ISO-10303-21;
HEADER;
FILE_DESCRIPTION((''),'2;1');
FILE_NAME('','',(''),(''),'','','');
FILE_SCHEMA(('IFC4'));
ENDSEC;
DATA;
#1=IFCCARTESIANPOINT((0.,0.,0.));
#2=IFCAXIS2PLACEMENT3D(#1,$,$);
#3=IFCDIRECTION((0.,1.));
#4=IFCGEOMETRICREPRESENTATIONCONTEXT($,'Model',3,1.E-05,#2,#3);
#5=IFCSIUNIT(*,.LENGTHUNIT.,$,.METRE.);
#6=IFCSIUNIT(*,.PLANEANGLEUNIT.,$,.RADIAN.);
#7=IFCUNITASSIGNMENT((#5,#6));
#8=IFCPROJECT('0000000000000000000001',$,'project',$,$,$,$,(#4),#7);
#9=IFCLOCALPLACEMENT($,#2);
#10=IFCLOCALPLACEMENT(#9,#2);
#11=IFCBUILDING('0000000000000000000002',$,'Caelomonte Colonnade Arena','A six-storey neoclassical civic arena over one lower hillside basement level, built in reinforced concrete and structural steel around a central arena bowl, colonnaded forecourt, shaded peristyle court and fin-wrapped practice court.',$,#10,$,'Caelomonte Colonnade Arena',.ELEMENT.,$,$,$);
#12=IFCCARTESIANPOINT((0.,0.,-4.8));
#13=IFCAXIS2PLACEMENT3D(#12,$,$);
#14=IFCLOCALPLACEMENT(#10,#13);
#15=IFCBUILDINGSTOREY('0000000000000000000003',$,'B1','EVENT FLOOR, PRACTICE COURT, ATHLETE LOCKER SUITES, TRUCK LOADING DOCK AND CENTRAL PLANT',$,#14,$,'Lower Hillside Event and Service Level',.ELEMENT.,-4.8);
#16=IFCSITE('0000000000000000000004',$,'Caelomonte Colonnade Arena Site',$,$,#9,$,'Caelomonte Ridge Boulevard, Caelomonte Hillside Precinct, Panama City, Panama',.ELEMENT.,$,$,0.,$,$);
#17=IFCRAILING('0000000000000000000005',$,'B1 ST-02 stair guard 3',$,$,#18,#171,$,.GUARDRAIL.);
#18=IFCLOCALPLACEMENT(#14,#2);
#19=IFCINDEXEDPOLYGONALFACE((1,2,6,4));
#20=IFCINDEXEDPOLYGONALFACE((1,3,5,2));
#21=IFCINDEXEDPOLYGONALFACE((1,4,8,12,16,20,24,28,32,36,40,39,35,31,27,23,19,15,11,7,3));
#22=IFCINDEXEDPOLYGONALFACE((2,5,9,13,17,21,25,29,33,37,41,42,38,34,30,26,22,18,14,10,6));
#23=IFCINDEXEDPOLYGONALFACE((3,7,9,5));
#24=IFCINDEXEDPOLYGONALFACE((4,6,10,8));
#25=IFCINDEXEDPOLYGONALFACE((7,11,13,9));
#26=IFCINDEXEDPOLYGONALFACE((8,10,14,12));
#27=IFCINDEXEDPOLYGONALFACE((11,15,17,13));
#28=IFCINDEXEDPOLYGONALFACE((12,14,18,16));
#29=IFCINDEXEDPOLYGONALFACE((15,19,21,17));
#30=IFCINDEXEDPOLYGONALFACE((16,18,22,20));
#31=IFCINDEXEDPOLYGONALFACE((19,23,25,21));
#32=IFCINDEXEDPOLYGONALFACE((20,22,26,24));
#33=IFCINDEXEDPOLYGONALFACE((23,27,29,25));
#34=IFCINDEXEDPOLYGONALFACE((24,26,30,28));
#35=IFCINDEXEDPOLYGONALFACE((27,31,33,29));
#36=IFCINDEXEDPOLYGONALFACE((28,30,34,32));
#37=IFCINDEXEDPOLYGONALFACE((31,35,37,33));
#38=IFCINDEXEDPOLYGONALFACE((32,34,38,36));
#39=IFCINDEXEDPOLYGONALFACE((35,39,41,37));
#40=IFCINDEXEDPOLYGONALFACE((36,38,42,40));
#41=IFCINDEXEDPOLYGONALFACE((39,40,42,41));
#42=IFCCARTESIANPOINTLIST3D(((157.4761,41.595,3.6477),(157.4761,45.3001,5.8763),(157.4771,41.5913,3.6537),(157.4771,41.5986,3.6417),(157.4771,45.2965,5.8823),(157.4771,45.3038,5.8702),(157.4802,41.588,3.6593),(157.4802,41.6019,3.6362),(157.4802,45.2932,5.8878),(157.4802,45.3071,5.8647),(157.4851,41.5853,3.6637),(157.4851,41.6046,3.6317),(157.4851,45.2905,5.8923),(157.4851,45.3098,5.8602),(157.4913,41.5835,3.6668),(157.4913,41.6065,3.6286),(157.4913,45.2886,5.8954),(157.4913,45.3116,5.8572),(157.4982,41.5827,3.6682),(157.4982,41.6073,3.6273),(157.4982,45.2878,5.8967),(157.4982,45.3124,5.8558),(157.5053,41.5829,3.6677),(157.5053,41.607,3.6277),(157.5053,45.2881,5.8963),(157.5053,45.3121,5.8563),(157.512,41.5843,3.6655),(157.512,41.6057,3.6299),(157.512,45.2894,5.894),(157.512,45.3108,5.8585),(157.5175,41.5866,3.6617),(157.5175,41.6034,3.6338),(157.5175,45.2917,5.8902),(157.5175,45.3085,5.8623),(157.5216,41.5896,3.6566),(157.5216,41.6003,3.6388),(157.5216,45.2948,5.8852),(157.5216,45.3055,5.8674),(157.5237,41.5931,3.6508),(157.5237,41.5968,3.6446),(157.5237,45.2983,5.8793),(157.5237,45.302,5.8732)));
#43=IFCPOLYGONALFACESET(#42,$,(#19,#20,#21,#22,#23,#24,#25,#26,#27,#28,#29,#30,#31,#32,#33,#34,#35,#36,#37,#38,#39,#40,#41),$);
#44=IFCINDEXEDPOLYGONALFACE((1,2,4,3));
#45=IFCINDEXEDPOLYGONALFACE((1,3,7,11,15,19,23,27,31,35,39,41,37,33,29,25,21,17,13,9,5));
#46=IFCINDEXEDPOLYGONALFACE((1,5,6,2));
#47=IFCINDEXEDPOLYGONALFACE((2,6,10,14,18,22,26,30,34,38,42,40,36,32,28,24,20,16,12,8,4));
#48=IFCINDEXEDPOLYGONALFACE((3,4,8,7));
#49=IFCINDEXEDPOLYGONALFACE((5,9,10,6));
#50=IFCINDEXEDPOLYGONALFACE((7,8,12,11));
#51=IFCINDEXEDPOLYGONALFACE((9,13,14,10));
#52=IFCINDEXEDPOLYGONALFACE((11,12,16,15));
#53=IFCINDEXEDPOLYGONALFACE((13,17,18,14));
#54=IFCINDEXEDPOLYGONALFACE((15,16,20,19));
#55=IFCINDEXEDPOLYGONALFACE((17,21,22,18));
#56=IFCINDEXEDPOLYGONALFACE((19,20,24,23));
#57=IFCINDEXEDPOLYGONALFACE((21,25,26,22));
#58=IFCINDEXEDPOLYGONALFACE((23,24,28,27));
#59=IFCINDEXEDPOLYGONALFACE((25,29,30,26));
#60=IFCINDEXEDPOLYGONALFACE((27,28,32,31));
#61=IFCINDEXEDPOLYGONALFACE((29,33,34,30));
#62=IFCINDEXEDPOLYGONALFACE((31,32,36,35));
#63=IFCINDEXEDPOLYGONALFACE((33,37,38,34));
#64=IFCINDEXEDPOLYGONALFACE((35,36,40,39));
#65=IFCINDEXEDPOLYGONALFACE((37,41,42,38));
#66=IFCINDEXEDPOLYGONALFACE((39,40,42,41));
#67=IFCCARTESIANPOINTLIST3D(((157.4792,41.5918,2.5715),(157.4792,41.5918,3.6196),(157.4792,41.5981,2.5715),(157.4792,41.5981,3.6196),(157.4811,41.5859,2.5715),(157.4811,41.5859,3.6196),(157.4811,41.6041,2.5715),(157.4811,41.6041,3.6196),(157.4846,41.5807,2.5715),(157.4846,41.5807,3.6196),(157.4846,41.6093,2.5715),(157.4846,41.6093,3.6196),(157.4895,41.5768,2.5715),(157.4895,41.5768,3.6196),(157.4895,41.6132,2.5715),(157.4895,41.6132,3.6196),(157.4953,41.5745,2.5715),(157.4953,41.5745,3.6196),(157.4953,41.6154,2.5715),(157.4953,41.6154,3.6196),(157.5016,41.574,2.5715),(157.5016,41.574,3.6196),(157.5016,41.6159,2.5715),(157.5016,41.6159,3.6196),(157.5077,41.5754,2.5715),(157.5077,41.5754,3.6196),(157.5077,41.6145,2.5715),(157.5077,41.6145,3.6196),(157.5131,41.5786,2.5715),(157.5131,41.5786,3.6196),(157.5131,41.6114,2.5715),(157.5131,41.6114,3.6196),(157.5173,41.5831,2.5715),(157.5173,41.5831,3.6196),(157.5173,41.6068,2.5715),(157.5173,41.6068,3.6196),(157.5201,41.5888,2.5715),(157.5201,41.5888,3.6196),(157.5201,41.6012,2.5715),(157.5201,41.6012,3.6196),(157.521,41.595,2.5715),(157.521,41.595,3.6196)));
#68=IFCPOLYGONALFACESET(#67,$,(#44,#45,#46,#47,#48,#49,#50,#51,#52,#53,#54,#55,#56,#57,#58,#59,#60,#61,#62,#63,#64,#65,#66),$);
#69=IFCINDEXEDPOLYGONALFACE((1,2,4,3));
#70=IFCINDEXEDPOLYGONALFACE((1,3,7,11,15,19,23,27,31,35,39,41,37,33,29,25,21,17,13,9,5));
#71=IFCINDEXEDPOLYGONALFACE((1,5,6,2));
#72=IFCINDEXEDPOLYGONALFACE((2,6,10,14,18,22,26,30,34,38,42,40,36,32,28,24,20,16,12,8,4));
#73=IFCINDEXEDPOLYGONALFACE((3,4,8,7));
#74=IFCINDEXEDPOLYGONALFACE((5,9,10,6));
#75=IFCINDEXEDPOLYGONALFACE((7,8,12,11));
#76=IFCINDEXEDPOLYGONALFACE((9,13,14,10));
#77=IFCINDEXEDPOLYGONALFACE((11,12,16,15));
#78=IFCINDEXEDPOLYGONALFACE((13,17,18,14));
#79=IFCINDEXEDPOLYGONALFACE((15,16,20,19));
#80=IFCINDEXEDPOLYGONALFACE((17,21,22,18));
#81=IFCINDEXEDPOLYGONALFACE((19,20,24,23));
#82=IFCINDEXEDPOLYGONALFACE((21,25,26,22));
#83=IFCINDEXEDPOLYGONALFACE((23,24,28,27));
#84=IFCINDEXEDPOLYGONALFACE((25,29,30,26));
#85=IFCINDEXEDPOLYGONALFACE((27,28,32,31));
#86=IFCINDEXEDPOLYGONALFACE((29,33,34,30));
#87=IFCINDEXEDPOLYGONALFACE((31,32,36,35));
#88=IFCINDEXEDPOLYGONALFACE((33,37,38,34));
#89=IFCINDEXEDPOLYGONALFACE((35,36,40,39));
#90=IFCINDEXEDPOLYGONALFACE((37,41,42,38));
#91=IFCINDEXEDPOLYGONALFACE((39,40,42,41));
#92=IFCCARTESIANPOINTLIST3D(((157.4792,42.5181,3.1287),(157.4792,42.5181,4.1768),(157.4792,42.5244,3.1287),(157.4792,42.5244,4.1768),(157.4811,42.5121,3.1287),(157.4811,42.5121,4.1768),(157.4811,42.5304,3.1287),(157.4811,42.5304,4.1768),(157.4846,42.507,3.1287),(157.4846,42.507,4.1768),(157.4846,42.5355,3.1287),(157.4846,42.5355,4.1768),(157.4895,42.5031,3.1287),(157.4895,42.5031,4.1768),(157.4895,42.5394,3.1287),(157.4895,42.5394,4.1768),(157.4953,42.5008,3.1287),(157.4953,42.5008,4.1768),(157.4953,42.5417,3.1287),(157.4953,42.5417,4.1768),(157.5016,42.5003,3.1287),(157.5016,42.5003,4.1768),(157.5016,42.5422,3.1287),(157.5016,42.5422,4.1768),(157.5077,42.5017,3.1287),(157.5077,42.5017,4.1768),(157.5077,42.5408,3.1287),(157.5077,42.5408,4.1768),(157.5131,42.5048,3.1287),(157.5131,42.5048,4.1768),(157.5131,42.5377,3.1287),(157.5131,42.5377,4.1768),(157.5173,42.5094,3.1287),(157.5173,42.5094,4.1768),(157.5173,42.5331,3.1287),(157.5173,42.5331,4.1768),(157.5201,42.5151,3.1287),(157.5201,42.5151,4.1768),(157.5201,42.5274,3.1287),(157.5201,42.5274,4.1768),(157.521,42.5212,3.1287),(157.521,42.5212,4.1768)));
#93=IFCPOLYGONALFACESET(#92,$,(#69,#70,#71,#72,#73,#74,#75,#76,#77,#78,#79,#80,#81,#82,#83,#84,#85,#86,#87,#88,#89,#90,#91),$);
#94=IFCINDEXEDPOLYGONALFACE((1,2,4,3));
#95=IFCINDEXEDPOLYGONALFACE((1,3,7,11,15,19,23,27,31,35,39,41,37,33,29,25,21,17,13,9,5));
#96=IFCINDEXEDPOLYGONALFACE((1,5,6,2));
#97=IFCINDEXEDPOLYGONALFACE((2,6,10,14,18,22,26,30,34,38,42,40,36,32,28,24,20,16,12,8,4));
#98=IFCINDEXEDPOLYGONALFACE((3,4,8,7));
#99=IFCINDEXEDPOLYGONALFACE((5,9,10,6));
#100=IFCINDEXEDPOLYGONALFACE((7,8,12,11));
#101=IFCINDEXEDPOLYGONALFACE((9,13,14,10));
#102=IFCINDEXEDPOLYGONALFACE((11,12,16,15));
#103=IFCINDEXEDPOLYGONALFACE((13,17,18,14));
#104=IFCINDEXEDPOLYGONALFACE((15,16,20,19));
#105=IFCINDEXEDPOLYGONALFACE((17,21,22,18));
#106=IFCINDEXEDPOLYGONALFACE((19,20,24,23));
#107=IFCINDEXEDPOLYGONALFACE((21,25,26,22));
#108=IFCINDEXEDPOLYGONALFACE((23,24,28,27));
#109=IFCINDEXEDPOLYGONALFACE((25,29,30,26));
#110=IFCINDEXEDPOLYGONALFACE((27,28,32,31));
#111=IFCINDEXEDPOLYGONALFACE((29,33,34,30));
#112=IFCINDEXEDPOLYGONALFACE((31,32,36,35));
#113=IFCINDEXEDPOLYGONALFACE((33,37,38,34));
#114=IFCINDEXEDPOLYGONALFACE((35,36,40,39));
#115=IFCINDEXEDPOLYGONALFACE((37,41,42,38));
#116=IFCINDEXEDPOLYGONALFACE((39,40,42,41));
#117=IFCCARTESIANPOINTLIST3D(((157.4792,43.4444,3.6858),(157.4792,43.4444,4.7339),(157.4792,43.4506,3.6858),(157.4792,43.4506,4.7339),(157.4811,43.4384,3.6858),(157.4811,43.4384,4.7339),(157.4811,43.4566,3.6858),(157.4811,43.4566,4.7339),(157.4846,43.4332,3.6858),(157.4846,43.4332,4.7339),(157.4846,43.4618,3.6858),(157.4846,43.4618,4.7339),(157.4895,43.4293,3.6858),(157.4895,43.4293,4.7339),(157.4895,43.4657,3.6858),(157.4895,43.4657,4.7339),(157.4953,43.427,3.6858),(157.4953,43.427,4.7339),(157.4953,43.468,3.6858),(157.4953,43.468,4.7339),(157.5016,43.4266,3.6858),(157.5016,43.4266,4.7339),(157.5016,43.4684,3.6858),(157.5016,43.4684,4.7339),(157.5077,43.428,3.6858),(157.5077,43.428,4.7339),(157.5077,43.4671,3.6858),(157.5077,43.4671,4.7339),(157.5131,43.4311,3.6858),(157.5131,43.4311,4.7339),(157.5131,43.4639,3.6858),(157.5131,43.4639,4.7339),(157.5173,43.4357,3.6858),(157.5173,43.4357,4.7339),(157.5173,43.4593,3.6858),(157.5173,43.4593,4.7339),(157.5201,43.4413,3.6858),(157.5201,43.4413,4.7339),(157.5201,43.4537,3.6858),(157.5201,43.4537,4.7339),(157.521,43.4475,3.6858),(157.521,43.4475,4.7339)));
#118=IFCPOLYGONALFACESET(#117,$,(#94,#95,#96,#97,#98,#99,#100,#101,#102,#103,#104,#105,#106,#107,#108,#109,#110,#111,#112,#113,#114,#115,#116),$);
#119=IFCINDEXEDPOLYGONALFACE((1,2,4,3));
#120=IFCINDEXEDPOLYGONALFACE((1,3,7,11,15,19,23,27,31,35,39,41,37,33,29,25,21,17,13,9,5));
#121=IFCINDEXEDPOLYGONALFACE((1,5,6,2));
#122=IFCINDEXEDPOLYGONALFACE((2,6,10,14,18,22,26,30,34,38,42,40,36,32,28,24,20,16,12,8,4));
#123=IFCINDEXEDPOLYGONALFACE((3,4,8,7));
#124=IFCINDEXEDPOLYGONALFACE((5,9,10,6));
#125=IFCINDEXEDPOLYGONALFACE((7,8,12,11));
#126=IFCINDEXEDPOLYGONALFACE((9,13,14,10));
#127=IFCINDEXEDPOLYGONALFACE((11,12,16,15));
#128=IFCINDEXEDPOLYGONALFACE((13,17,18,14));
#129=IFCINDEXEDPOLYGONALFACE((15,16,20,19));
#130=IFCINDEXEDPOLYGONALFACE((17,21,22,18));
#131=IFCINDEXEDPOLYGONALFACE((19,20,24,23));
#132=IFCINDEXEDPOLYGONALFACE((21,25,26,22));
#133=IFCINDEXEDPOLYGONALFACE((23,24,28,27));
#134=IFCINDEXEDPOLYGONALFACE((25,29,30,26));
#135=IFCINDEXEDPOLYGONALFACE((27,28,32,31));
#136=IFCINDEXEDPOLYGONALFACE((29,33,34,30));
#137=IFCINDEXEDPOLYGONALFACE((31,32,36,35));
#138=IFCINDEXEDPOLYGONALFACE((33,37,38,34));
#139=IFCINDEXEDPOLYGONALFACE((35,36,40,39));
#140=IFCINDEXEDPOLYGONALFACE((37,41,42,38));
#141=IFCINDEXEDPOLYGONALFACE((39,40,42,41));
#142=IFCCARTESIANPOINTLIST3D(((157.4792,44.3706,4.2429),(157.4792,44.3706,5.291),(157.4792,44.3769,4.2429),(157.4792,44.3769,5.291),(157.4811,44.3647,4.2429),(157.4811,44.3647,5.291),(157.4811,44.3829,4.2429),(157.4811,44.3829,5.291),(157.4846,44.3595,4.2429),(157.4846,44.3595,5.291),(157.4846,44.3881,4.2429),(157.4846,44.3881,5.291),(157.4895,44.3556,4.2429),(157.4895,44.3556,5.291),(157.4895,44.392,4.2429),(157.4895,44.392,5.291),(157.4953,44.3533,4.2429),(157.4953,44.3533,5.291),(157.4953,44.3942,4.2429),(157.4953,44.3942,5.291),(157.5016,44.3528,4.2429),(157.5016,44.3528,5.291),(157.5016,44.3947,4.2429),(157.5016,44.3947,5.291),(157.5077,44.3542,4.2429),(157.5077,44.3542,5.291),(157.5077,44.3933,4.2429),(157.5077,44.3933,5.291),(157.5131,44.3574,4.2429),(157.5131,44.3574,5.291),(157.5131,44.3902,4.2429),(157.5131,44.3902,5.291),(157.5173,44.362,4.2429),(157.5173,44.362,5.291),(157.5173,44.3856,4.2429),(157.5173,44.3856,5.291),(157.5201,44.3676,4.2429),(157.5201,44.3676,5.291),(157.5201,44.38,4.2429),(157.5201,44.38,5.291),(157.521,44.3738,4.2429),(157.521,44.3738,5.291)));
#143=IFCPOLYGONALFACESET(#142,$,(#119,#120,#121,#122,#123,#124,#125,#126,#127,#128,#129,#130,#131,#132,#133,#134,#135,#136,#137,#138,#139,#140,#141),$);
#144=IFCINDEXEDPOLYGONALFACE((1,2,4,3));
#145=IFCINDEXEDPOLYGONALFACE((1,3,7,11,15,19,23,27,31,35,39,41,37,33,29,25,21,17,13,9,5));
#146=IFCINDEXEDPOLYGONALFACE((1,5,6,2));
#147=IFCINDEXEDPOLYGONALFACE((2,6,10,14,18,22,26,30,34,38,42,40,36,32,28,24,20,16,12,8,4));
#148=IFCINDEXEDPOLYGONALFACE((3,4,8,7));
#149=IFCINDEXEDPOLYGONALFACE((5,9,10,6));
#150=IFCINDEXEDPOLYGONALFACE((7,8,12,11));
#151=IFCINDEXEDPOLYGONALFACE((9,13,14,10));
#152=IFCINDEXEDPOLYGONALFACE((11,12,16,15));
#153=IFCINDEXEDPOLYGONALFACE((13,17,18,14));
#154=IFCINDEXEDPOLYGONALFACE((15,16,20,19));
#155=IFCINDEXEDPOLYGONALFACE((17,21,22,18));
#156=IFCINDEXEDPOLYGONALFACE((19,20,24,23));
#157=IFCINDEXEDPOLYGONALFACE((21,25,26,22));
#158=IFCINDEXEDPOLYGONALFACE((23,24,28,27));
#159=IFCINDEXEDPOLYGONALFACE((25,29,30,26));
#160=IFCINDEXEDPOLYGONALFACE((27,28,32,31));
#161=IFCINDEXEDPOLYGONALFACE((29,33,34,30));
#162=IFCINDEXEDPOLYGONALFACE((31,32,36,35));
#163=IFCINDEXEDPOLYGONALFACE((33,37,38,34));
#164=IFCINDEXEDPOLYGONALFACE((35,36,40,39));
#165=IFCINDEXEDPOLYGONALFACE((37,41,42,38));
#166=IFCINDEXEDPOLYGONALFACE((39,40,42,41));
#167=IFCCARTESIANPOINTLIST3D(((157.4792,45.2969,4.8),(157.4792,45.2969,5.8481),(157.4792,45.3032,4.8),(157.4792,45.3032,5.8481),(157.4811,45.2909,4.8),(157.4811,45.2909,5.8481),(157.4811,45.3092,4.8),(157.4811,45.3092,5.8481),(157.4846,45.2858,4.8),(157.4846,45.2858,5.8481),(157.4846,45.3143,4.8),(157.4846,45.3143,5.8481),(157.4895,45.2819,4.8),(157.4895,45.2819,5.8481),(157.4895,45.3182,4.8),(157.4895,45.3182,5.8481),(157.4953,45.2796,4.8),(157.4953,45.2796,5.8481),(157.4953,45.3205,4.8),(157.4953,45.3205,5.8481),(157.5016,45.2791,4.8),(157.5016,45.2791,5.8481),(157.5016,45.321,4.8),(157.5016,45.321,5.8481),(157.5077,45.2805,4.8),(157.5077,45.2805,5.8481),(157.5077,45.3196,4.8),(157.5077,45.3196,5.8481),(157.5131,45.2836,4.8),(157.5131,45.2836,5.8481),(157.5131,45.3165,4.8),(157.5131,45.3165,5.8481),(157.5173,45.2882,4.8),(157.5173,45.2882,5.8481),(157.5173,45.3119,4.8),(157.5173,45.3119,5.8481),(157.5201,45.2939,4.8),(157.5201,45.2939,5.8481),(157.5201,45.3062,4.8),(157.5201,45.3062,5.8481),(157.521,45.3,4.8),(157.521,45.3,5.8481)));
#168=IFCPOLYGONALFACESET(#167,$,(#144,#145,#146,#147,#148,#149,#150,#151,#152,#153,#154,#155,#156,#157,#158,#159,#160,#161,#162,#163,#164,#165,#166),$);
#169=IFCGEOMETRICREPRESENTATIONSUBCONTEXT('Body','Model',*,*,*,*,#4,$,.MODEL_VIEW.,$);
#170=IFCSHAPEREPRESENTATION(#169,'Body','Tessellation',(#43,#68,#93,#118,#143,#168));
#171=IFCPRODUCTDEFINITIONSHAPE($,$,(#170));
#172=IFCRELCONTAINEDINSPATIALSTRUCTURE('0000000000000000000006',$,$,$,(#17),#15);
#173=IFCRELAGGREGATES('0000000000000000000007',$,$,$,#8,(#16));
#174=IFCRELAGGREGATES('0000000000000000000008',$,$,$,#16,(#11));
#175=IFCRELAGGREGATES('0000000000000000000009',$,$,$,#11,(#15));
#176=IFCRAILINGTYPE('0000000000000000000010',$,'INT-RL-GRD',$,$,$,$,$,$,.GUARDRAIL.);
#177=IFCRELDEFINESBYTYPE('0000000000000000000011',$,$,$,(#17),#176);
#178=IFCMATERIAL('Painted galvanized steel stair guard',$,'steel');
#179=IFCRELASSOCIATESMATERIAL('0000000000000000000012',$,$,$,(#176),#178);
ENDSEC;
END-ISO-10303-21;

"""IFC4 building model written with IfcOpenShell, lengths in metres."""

from ifc_helpers import new_model, si_unit, direction, frame, origin, origin_2d, place, context, subcontext, project, spatial, circle, extrude, material, type_object, element, save


model = new_model("IFC4")

# Units and contexts
model_context = context("Model", 3, precision=1e-05, world=origin(), true_north=direction((0.0, 1.0)))
body_context = subcontext(model_context, "Body", "Model", "MODEL_VIEW")
ifc_project = project(units=[si_unit("LENGTHUNIT", "METRE"), si_unit("PLANEANGLEUNIT", "RADIAN")], contexts=[model_context])

# Site, building, storey
site_placement = place(None, origin())
site = spatial("IfcSite", under=ifc_project, at=site_placement, Name="Caelomonte Colonnade Arena Site", LongName="Caelomonte Ridge Boulevard, Caelomonte Hillside Precinct, Panama City, Panama", CompositionType="ELEMENT", RefElevation=0.0)
building_placement = place(site_placement, origin())
building = spatial("IfcBuilding", under=site, at=building_placement, Name="Caelomonte Colonnade Arena", Description="A six-storey neoclassical civic arena over one lower hillside basement level, built in reinforced concrete and structural steel around a central arena bowl, colonnaded forecourt, shaded peristyle court and fin-wrapped practice court.", LongName="Caelomonte Colonnade Arena", CompositionType="ELEMENT")
storey_placement = place(building_placement, frame((0.0, 0.0, -4.8)))
storey = spatial("IfcBuildingStorey", under=building, at=storey_placement, Name="B1", Description="EVENT FLOOR, PRACTICE COURT, ATHLETE LOCKER SUITES, TRUCK LOADING DOCK AND CENTRAL PLANT", LongName="Lower Hillside Event and Service Level", CompositionType="ELEMENT", Elevation=-4.8)

# Railing
ifc_material_1 = material(Name="Painted galvanized steel stair guard", Category="steel")
railing_type_1 = type_object("IfcRailingType", Name="INT-RL-GRD", PredefinedType="GUARDRAIL", material=ifc_material_1)
railing_1_placement = place(storey_placement, frame((157.5, 41.595, 2.5715)))
element("IfcRailing", 1, at=railing_1_placement, inside=storey, type_object=railing_type_1, Name="B1 ST-02 stair guard 3", PredefinedType="GUARDRAIL", context=body_context, shape_type="SweptSolid", body=[
    extrude(circle(Radius=0.0239, at=origin_2d()), frame((0.0, 0.0, 1.0762), z_axis=(0.0, 0.856934, 0.515425), x_axis=(-1.0, 0.0, 0.0)), (0.0, 0.0, 1.0), 4.3237),
    extrude(circle(Radius=0.021, at=origin_2d()), origin(), (0.0, 0.0, 1.0), 1.0481),
    extrude(circle(Radius=0.021, at=origin_2d()), frame((0.0, 0.9263, 0.5571)), (0.0, 0.0, 1.0), 1.0481),
    extrude(circle(Radius=0.021, at=origin_2d()), frame((0.0, 1.8525, 1.1143)), (0.0, 0.0, 1.0), 1.0481),
    extrude(circle(Radius=0.021, at=origin_2d()), frame((0.0, 2.7788, 1.6714)), (0.0, 0.0, 1.0), 1.0481),
    extrude(circle(Radius=0.021, at=origin_2d()), frame((0.0, 3.7051, 2.2285)), (0.0, 0.0, 1.0), 1.0481),
])

save(model, "model.ifc")
